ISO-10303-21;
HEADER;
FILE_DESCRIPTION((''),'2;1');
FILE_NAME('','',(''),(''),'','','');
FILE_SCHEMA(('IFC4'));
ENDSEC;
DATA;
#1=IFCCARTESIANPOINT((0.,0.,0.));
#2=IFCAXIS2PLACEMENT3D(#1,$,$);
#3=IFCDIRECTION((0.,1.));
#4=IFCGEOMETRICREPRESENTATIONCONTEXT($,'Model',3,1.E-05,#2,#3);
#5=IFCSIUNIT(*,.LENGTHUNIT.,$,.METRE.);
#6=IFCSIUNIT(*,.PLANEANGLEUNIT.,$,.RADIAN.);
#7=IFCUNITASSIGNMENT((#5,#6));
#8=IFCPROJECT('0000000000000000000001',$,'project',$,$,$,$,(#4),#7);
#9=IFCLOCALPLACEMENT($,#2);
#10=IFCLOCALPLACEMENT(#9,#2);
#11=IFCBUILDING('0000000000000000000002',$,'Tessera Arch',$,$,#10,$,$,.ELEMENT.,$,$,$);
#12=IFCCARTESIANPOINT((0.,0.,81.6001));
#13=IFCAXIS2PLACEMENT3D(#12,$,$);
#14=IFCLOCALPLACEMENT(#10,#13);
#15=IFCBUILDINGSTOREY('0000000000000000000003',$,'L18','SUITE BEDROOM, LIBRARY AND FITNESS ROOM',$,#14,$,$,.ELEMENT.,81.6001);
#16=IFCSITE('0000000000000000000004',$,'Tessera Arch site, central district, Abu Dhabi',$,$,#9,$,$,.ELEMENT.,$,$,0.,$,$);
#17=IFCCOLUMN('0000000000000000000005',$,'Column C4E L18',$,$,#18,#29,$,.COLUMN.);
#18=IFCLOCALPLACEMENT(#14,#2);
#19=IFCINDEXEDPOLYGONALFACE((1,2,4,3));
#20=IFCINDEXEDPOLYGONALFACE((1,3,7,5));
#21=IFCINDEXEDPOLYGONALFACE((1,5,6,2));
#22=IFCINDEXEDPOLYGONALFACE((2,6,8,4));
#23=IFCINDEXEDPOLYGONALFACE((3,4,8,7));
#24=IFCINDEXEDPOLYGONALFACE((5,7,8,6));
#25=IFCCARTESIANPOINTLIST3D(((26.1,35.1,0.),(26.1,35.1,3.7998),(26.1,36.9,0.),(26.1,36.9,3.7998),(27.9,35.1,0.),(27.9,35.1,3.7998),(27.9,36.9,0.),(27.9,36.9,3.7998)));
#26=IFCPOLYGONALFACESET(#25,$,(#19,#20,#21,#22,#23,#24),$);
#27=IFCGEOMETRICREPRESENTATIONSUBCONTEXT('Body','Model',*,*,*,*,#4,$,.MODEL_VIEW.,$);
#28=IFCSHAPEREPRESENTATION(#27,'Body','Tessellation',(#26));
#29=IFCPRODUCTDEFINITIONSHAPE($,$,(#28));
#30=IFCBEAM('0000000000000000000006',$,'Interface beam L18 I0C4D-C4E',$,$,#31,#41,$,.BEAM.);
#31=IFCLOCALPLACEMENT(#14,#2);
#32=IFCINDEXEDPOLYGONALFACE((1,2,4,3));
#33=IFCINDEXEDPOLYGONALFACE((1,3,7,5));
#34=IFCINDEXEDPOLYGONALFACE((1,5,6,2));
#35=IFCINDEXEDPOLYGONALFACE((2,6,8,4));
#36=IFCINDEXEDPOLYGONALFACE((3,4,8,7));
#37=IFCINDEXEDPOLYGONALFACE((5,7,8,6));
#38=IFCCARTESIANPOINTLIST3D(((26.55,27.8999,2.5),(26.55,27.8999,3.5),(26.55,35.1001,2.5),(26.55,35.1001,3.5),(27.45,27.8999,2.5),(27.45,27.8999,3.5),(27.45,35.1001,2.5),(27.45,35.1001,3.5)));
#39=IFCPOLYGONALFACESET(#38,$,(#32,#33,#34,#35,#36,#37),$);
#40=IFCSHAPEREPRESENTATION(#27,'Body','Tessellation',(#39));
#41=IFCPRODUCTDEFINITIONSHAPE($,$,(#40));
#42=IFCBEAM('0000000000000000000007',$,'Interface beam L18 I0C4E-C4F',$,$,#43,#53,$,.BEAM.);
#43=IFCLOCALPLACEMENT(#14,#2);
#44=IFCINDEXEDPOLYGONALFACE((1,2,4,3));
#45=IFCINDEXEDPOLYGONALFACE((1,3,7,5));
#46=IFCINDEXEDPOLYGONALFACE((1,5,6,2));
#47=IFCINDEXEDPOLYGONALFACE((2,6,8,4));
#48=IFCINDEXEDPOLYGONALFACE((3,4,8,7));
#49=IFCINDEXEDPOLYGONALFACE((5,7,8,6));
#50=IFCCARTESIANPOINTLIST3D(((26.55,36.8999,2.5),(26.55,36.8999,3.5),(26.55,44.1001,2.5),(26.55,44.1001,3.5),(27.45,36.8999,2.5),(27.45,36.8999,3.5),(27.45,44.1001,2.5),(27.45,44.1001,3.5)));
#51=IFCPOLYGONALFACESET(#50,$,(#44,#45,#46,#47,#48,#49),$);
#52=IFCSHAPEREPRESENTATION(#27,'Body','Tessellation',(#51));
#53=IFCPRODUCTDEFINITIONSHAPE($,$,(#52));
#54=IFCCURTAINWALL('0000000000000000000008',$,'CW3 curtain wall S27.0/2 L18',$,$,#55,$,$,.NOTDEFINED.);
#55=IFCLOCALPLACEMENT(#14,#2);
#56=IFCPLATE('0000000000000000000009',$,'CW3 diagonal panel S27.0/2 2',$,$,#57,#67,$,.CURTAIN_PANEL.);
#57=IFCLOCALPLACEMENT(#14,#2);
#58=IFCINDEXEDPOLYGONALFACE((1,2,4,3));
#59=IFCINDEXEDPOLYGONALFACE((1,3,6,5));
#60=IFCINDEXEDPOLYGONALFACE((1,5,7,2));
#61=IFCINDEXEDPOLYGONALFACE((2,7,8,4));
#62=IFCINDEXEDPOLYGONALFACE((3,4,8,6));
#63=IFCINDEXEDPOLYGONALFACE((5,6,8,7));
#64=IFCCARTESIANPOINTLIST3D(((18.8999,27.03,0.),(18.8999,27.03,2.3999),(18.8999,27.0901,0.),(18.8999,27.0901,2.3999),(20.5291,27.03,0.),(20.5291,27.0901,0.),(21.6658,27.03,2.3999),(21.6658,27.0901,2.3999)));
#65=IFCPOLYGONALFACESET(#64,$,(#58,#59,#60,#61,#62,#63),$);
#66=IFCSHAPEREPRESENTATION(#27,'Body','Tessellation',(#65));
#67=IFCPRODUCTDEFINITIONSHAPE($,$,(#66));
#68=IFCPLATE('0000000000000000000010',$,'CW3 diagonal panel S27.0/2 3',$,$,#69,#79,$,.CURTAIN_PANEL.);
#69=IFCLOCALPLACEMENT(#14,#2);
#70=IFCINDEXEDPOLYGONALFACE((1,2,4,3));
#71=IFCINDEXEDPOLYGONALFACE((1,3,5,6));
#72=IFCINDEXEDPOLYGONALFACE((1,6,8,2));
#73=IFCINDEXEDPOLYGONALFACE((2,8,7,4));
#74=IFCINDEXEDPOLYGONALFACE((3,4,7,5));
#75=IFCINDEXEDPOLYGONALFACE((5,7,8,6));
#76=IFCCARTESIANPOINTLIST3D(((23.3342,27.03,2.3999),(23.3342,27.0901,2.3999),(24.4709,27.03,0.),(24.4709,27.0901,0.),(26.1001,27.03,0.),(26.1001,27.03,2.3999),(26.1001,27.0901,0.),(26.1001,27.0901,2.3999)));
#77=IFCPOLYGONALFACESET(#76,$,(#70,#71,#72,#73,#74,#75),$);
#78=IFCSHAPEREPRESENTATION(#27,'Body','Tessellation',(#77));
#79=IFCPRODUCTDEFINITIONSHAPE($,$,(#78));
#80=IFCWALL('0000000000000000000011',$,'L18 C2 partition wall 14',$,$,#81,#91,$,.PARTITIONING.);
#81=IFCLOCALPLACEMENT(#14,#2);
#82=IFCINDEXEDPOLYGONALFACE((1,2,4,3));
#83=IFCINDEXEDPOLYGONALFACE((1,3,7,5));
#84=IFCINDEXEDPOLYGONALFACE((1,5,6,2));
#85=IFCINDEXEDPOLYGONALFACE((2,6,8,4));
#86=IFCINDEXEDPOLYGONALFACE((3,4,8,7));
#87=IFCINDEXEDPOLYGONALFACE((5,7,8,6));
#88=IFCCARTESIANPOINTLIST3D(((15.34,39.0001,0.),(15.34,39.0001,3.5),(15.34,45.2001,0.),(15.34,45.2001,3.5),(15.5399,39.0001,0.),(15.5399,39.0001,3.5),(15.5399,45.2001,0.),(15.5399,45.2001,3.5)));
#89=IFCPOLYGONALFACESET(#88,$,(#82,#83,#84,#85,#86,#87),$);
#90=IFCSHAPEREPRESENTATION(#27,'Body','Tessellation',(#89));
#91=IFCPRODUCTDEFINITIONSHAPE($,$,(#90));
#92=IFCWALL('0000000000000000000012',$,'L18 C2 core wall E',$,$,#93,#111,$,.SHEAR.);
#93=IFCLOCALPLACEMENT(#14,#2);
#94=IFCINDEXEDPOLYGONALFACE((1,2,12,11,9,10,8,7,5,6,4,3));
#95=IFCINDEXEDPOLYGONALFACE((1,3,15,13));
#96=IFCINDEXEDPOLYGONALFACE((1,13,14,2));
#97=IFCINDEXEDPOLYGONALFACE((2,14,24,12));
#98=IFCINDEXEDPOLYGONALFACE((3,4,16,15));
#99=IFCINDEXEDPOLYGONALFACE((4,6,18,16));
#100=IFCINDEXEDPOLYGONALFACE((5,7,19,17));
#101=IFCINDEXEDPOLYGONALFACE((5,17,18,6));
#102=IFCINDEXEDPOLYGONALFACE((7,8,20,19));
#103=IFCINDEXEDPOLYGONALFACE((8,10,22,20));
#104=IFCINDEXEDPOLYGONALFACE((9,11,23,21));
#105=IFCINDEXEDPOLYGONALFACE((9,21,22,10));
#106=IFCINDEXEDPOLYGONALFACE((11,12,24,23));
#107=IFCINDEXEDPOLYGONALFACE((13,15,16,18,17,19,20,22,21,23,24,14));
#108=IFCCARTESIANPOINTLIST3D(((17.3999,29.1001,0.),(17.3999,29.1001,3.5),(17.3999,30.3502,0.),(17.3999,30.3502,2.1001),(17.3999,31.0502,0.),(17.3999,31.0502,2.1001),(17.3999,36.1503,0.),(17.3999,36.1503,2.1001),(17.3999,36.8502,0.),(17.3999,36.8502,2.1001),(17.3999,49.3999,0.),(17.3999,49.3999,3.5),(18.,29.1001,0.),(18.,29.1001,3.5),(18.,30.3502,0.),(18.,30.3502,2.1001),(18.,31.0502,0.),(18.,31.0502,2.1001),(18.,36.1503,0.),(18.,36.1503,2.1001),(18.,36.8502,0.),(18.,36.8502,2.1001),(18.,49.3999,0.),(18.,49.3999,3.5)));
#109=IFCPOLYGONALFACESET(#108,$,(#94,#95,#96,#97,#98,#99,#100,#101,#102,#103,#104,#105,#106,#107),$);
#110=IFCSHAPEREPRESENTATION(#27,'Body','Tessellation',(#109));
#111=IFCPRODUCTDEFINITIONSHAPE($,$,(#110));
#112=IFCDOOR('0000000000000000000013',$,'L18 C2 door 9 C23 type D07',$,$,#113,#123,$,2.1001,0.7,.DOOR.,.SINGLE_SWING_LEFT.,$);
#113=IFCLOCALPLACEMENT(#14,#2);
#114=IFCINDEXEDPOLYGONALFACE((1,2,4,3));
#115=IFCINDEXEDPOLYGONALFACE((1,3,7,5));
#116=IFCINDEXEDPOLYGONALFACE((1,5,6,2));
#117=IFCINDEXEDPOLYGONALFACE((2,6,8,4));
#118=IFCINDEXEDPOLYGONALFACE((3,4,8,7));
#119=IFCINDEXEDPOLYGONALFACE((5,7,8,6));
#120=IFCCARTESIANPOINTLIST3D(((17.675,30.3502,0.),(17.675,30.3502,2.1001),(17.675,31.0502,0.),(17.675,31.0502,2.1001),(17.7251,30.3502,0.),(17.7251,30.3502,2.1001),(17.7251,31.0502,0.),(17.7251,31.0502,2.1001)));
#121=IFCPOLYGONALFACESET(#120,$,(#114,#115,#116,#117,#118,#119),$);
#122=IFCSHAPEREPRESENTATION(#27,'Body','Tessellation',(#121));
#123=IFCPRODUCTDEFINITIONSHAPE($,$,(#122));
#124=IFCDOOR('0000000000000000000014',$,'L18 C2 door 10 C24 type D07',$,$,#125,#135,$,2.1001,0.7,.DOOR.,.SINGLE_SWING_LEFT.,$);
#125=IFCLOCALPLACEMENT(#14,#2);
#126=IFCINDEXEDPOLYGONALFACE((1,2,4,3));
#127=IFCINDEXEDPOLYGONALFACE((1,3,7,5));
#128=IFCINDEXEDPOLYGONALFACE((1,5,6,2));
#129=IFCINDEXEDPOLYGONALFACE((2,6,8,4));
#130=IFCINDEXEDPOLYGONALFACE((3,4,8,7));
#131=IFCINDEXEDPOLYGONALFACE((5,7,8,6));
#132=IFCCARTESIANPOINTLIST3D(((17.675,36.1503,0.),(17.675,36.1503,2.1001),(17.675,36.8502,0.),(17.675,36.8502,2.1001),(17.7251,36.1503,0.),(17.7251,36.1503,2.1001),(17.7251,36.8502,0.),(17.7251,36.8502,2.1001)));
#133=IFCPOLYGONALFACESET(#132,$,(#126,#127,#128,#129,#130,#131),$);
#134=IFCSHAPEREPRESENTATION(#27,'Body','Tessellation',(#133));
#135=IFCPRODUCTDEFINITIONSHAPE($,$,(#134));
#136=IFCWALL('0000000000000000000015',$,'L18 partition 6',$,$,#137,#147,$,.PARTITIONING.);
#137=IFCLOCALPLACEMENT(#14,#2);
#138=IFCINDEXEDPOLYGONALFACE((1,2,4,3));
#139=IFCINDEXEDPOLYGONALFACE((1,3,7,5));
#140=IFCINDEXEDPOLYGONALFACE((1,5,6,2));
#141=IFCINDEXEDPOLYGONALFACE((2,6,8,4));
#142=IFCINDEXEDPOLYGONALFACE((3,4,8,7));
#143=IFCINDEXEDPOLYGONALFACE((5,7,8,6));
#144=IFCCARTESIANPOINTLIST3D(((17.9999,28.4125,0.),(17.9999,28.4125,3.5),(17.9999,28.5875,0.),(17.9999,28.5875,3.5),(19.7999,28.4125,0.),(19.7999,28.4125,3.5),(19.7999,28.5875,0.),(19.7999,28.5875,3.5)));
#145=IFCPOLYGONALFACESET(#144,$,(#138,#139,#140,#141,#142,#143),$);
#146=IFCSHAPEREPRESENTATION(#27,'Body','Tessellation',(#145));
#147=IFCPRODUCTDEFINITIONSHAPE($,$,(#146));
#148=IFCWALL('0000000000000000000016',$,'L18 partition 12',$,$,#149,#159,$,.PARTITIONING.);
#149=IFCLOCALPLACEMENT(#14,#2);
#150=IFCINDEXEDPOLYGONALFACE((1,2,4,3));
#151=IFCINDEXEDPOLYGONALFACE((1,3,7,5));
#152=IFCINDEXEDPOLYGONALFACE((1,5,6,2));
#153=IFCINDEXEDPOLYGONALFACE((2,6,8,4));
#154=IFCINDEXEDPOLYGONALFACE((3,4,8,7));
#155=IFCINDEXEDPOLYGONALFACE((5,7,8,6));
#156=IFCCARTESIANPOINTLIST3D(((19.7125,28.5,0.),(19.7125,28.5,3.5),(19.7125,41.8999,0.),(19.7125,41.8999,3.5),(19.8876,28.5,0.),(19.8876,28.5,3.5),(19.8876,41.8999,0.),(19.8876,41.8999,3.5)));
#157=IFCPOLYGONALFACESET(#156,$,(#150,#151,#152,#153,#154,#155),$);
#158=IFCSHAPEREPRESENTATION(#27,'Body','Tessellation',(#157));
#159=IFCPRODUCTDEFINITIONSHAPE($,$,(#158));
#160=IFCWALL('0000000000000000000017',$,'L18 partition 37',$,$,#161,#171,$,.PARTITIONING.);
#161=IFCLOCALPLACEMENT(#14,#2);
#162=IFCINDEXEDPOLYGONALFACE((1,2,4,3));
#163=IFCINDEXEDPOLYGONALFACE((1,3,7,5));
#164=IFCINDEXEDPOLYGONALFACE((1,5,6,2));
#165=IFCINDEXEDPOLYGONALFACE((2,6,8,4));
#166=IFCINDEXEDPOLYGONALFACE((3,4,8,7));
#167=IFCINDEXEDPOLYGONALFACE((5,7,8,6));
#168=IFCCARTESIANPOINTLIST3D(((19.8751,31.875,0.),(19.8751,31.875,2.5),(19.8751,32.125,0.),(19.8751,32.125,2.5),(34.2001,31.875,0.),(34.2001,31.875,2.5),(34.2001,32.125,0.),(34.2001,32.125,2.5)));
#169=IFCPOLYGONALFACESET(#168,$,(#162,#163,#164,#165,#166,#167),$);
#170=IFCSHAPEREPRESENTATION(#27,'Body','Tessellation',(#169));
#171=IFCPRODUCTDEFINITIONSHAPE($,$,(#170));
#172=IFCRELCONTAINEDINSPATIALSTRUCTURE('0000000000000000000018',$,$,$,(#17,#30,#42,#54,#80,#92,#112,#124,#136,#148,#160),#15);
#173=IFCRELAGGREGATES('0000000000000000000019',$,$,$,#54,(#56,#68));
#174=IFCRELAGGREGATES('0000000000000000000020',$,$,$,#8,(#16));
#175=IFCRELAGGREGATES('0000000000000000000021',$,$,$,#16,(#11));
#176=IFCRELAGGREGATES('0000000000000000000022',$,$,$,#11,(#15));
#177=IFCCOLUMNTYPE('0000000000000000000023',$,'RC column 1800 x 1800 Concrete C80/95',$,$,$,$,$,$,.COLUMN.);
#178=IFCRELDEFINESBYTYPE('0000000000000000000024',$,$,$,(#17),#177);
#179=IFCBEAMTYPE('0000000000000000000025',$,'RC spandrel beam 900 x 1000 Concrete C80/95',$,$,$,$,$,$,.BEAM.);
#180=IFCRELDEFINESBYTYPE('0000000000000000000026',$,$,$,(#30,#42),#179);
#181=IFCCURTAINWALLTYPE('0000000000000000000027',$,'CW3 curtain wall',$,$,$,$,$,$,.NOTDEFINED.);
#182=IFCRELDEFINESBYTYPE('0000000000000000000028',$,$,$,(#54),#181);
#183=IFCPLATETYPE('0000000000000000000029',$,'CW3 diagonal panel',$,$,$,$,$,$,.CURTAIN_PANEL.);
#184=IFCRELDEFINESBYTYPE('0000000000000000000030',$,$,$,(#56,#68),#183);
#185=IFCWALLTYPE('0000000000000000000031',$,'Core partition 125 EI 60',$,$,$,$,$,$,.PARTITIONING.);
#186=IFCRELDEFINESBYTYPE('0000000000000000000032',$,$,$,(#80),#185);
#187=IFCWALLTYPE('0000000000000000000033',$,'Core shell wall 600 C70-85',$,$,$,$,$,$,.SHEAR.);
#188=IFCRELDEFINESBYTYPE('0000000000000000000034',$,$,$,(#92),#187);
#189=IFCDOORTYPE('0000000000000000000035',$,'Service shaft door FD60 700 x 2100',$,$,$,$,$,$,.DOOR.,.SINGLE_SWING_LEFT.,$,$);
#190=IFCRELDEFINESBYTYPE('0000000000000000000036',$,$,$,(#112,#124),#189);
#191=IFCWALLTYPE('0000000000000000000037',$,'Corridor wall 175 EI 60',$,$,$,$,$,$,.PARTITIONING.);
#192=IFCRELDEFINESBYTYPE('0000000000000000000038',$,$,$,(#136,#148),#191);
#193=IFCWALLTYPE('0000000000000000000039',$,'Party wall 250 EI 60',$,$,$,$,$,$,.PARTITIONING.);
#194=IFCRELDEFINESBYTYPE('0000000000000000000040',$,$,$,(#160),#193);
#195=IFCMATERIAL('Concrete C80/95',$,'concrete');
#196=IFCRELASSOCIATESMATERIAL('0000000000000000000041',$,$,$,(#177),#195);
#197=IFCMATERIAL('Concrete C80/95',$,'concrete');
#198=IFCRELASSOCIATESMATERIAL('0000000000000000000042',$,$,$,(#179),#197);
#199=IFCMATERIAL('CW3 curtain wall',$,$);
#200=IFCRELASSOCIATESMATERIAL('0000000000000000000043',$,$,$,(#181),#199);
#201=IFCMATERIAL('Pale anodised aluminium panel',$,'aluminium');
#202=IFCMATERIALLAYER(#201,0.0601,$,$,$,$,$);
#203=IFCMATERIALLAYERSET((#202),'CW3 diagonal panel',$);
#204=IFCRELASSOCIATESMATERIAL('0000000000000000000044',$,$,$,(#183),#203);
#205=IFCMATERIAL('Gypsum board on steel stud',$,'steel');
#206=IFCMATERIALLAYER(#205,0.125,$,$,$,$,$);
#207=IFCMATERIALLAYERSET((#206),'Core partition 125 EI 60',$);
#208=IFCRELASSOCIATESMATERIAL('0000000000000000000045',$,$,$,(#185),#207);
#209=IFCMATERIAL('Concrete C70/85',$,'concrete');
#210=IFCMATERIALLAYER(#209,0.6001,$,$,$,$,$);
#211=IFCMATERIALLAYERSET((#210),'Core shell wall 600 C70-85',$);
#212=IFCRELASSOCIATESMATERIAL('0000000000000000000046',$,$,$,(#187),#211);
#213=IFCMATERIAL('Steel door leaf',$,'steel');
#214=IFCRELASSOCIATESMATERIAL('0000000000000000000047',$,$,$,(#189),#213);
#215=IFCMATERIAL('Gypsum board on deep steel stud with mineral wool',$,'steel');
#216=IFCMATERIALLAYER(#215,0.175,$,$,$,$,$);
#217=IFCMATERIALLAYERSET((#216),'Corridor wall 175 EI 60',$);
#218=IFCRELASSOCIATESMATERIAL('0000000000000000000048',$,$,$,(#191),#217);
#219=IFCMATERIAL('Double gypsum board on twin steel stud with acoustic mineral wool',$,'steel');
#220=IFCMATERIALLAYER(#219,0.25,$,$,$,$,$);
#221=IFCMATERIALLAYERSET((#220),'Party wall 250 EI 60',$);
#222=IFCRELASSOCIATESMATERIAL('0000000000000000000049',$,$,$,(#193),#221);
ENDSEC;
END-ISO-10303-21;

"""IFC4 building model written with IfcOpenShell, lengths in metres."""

from ifc_helpers import new_model, si_unit, direction, frame, frame_2d, origin, origin_2d, place, context, subcontext, project, spatial, polyline, rectangle, outline, extrude, material, layer, layer_set, material_profile, profile_set, type_object, element, fill, aggregate, save


model = new_model("IFC4")

# Units and contexts
model_context = context("Model", 3, precision=1e-05, world=origin(), true_north=direction((0.0, 1.0)))
body_context = subcontext(model_context, "Body", "Model", "MODEL_VIEW")
ifc_project = project(units=[si_unit("LENGTHUNIT", "METRE"), si_unit("PLANEANGLEUNIT", "RADIAN")], contexts=[model_context])

# Site, building, storey
site_placement = place(None, origin())
site = spatial("IfcSite", under=ifc_project, at=site_placement, Name="Tessera Arch site, central district, Abu Dhabi", CompositionType="ELEMENT", RefElevation=0.0)
building_placement = place(site_placement, origin())
building = spatial("IfcBuilding", under=site, at=building_placement, Name="Tessera Arch", CompositionType="ELEMENT")
storey_placement = place(building_placement, frame((0.0, 0.0, 81.6001)))
storey = spatial("IfcBuildingStorey", under=building, at=storey_placement, Name="L18", Description="SUITE BEDROOM, LIBRARY AND FITNESS ROOM", CompositionType="ELEMENT", Elevation=81.6001)

# Column
ifc_material_1 = material(Name="Concrete C80/95", Category="concrete")
ifc_material_profile_1 = material_profile(ifc_material_1, rectangle(XDim=1.8, YDim=1.8, at=origin_2d()), Name="RC column 1800 x 1800 Concrete C80/95")
ifc_profile_set_1 = profile_set([ifc_material_profile_1], Name="Concrete C80/95")
column_type = type_object("IfcColumnType", Name="RC column 1800 x 1800 Concrete C80/95", PredefinedType="COLUMN", material=ifc_profile_set_1)
column_placement = place(storey_placement, frame((27.0, 36.0, 0.0), z_axis=(0.0, 0.0, 1.0), x_axis=(1.0, 0.0, 0.0)))
element("IfcColumn", 1, at=column_placement, inside=storey, type_object=column_type, Name="Column C4E L18", PredefinedType="COLUMN", context=body_context, shape_type="SweptSolid", body=[
    extrude(rectangle(XDim=1.8, YDim=1.8, at=origin_2d()), origin(), (0.0, 0.0, 1.0), 3.7998),
])

# Beams
ifc_material_2 = material(Name="Concrete C80/95", Category="concrete")
ifc_material_profile_2 = material_profile(ifc_material_2, rectangle(XDim=0.8999, YDim=1.0, at=origin_2d()), Name="RC spandrel beam 900 x 1000 Concrete C80/95")
ifc_profile_set_2 = profile_set([ifc_material_profile_2], Name="Concrete C80/95")
beam_type = type_object("IfcBeamType", Name="RC spandrel beam 900 x 1000 Concrete C80/95", PredefinedType="BEAM", material=ifc_profile_set_2)
for number, where, z_axis, x_axis, name in (
    (2, (27.0, 27.8999, 3.0), (0.0, 1.0, 0.0), (-1.0, 0.0, 0.0), "Interface beam L18 I0C4D-C4E"),
    (3, (27.0, 36.8999, 3.0), (0.0, 1.0, 0.0), (-1.0, 0.0, 0.0), "Interface beam L18 I0C4E-C4F"),
):
    element("IfcBeam", number, at=place(storey_placement, frame(where, z_axis=z_axis, x_axis=x_axis)), inside=storey, type_object=beam_type, Name=name, PredefinedType="BEAM", context=body_context, shape_type="SweptSolid", body=[
        extrude(rectangle(XDim=0.8999, YDim=1.0, at=origin_2d()), origin(), (0.0, 0.0, 1.0), 7.2002),
    ])

# Curtain wall, plates
ifc_material_3 = material(Name="CW3 curtain wall")
curtain_wall_type = type_object("IfcCurtainWallType", Name="CW3 curtain wall", PredefinedType="NOTDEFINED", material=ifc_material_3)
curtain_wall_placement = place(storey_placement, origin())
curtain_wall = element("IfcCurtainWall", 4, at=curtain_wall_placement, inside=storey, type_object=curtain_wall_type, Name="CW3 curtain wall S27.0/2 L18", PredefinedType="NOTDEFINED")
ifc_material_4 = material(Name="Pale anodised aluminium panel", Category="aluminium")
ifc_layer_1 = layer(ifc_material_4, 0.0601)
ifc_layer_set_1 = layer_set([ifc_layer_1], Name="CW3 diagonal panel")
plate_type = type_object("IfcPlateType", Name="CW3 diagonal panel", PredefinedType="CURTAIN_PANEL", material=ifc_layer_set_1)
plate_1_placement = place(storey_placement, frame((18.8999, 27.03, 0.0), z_axis=(0.0, -1.0, 0.0), x_axis=(1.0, 0.0, 0.0)))
plate_1 = element("IfcPlate", 5, at=plate_1_placement, type_object=plate_type, Name="CW3 diagonal panel S27.0/2 2", PredefinedType="CURTAIN_PANEL", context=body_context, shape_type="SweptSolid", body=[
    extrude(outline(polyline([(0.0, 0.0), (1.6292, 0.0), (2.7659, 2.3999), (0.0, 2.3999), (0.0, 0.0)])), origin(), (0.0, 0.0, -1.0), 0.0601),
])
plate_2_placement = place(storey_placement, frame((26.1001, 27.03, 2.3999), z_axis=(0.0, -1.0, 0.0), x_axis=(-1.0, 0.0, 0.0)))
plate_2 = element("IfcPlate", 6, at=plate_2_placement, type_object=plate_type, Name="CW3 diagonal panel S27.0/2 3", PredefinedType="CURTAIN_PANEL", context=body_context, shape_type="SweptSolid", body=[
    extrude(outline(polyline([(0.0, 0.0), (2.7659, 0.0), (1.6292, 2.3999), (0.0, 2.3999), (0.0, 0.0)])), origin(), (0.0, 0.0, -1.0), 0.0601),
])
aggregate(curtain_wall, [plate_1, plate_2])

# Wall
ifc_material_5 = material(Name="Gypsum board on steel stud", Category="steel")
ifc_layer_2 = layer(ifc_material_5, 0.125)
ifc_layer_set_2 = layer_set([ifc_layer_2], Name="Core partition 125 EI 60")
wall_type_1 = type_object("IfcWallType", Name="Core partition 125 EI 60", PredefinedType="PARTITIONING", material=ifc_layer_set_2)
wall_1_placement = place(storey_placement, frame((15.4399, 39.0, 0.0), z_axis=(0.0, 0.0, 1.0), x_axis=(0.0, 1.0, 0.0)))
element("IfcWall", 7, at=wall_1_placement, inside=storey, type_object=wall_type_1, Name="L18 C2 partition wall 14", PredefinedType="PARTITIONING", context=body_context, shape_type="SweptSolid", body=[
    extrude(rectangle(XDim=6.2, YDim=0.2, at=frame_2d((3.1001, 0.0))), origin(), (0.0, 0.0, 1.0), 3.5),
])

# Wall, openings, doors
ifc_material_6 = material(Name="Concrete C70/85", Category="concrete")
ifc_layer_3 = layer(ifc_material_6, 0.6001)
ifc_layer_set_3 = layer_set([ifc_layer_3], Name="Core shell wall 600 C70-85")
wall_type_2 = type_object("IfcWallType", Name="Core shell wall 600 C70-85", PredefinedType="SHEAR", material=ifc_layer_set_3)
wall_2_placement = place(storey_placement, frame((17.7, 29.1001, 0.0), z_axis=(0.0, 0.0, 1.0), x_axis=(0.0, 1.0, 0.0)))
wall_2 = element("IfcWall", 8, at=wall_2_placement, inside=storey, type_object=wall_type_2, Name="L18 C2 core wall E", PredefinedType="SHEAR", context=body_context, shape_type="SweptSolid", body=[
    extrude(rectangle(XDim=20.2998, YDim=0.6001, at=frame_2d((10.1499, 0.0))), origin(), (0.0, 0.0, 1.0), 3.5),
])
opening_1_placement = place(wall_2_placement, frame((1.25, 0.0, 0.0)))
opening_1 = element("IfcOpeningElement", 9, at=opening_1_placement, cuts=wall_2, PredefinedType="OPENING", context=body_context, shape_type="SweptSolid", body=[
    extrude(rectangle(XDim=0.7, YDim=2.1001, at=frame_2d((0.3501, 1.05))), frame((0.0, 0.3101, 0.0), z_axis=(0.0, -1.0, 0.0), x_axis=(1.0, 0.0, 0.0)), (0.0, 0.0, 1.0), 0.6201),
])
opening_2_placement = place(wall_2_placement, frame((7.05, 0.0, 0.0)))
opening_2 = element("IfcOpeningElement", 10, at=opening_2_placement, cuts=wall_2, PredefinedType="OPENING", context=body_context, shape_type="SweptSolid", body=[
    extrude(rectangle(XDim=0.7, YDim=2.1001, at=frame_2d((0.3501, 1.05))), frame((0.0, 0.3101, 0.0), z_axis=(0.0, -1.0, 0.0), x_axis=(1.0, 0.0, 0.0)), (0.0, 0.0, 1.0), 0.6201),
])
ifc_material_7 = material(Name="Steel door leaf", Category="steel")
door_type = type_object("IfcDoorType", Name="Service shaft door FD60 700 x 2100", OperationType="SINGLE_SWING_LEFT", PredefinedType="DOOR", material=ifc_material_7)
door_1_placement = place(opening_1_placement, origin())
door_1 = element("IfcDoor", 11, at=door_1_placement, inside=storey, type_object=door_type, Name="L18 C2 door 9 C23 type D07", OperationType="SINGLE_SWING_LEFT", OverallHeight=2.1001, OverallWidth=0.7, PredefinedType="DOOR", context=body_context, shape_type="SweptSolid", body=[
    extrude(rectangle(XDim=0.7, YDim=2.1001, at=frame_2d((0.3501, 1.05))), frame((0.0, 0.0249, 0.0), z_axis=(0.0, -1.0, 0.0), x_axis=(1.0, 0.0, 0.0)), (0.0, 0.0, 1.0), 0.05),
])
fill(opening_1, door_1)
door_2_placement = place(opening_2_placement, origin())
door_2 = element("IfcDoor", 12, at=door_2_placement, inside=storey, type_object=door_type, Name="L18 C2 door 10 C24 type D07", OperationType="SINGLE_SWING_LEFT", OverallHeight=2.1001, OverallWidth=0.7, PredefinedType="DOOR", context=body_context, shape_type="SweptSolid", body=[
    extrude(rectangle(XDim=0.7, YDim=2.1001, at=frame_2d((0.3501, 1.05))), frame((0.0, 0.0249, 0.0), z_axis=(0.0, -1.0, 0.0), x_axis=(1.0, 0.0, 0.0)), (0.0, 0.0, 1.0), 0.05),
])
fill(opening_2, door_2)

# Walls
ifc_material_8 = material(Name="Gypsum board on deep steel stud with mineral wool", Category="steel")
ifc_layer_4 = layer(ifc_material_8, 0.175)
ifc_layer_set_4 = layer_set([ifc_layer_4], Name="Corridor wall 175 EI 60")
wall_type_3 = type_object("IfcWallType", Name="Corridor wall 175 EI 60", PredefinedType="PARTITIONING", material=ifc_layer_set_4)
wall_3_placement = place(storey_placement, frame((18.0, 28.5, 0.0), z_axis=(0.0, 0.0, 1.0), x_axis=(1.0, 0.0, 0.0)))
element("IfcWall", 13, at=wall_3_placement, inside=storey, type_object=wall_type_3, Name="L18 partition 6", PredefinedType="PARTITIONING", context=body_context, shape_type="SweptSolid", body=[
    extrude(rectangle(XDim=1.8, YDim=0.175, at=frame_2d((0.8999, 0.0))), origin(), (0.0, 0.0, 1.0), 3.5),
])
wall_4_placement = place(storey_placement, frame((19.8, 28.5, 0.0), z_axis=(0.0, 0.0, 1.0), x_axis=(0.0, 1.0, 0.0)))
element("IfcWall", 14, at=wall_4_placement, inside=storey, type_object=wall_type_3, Name="L18 partition 12", PredefinedType="PARTITIONING", context=body_context, shape_type="SweptSolid", body=[
    extrude(rectangle(XDim=13.3999, YDim=0.175, at=frame_2d((6.7, 0.0))), origin(), (0.0, 0.0, 1.0), 3.5),
])
ifc_material_9 = material(Name="Double gypsum board on twin steel stud with acoustic mineral wool", Category="steel")
ifc_layer_5 = layer(ifc_material_9, 0.25)
ifc_layer_set_5 = layer_set([ifc_layer_5], Name="Party wall 250 EI 60")
wall_type_4 = type_object("IfcWallType", Name="Party wall 250 EI 60", PredefinedType="PARTITIONING", material=ifc_layer_set_5)
wall_5_placement = place(storey_placement, frame((19.875, 32.0, 0.0), z_axis=(0.0, 0.0, 1.0), x_axis=(1.0, 0.0, 0.0)))
element("IfcWall", 15, at=wall_5_placement, inside=storey, type_object=wall_type_4, Name="L18 partition 37", PredefinedType="PARTITIONING", context=body_context, shape_type="SweptSolid", body=[
    extrude(rectangle(XDim=14.325, YDim=0.25, at=frame_2d((7.1626, 0.0))), origin(), (0.0, 0.0, 1.0), 2.5),
])

save(model, "model.ifc")
